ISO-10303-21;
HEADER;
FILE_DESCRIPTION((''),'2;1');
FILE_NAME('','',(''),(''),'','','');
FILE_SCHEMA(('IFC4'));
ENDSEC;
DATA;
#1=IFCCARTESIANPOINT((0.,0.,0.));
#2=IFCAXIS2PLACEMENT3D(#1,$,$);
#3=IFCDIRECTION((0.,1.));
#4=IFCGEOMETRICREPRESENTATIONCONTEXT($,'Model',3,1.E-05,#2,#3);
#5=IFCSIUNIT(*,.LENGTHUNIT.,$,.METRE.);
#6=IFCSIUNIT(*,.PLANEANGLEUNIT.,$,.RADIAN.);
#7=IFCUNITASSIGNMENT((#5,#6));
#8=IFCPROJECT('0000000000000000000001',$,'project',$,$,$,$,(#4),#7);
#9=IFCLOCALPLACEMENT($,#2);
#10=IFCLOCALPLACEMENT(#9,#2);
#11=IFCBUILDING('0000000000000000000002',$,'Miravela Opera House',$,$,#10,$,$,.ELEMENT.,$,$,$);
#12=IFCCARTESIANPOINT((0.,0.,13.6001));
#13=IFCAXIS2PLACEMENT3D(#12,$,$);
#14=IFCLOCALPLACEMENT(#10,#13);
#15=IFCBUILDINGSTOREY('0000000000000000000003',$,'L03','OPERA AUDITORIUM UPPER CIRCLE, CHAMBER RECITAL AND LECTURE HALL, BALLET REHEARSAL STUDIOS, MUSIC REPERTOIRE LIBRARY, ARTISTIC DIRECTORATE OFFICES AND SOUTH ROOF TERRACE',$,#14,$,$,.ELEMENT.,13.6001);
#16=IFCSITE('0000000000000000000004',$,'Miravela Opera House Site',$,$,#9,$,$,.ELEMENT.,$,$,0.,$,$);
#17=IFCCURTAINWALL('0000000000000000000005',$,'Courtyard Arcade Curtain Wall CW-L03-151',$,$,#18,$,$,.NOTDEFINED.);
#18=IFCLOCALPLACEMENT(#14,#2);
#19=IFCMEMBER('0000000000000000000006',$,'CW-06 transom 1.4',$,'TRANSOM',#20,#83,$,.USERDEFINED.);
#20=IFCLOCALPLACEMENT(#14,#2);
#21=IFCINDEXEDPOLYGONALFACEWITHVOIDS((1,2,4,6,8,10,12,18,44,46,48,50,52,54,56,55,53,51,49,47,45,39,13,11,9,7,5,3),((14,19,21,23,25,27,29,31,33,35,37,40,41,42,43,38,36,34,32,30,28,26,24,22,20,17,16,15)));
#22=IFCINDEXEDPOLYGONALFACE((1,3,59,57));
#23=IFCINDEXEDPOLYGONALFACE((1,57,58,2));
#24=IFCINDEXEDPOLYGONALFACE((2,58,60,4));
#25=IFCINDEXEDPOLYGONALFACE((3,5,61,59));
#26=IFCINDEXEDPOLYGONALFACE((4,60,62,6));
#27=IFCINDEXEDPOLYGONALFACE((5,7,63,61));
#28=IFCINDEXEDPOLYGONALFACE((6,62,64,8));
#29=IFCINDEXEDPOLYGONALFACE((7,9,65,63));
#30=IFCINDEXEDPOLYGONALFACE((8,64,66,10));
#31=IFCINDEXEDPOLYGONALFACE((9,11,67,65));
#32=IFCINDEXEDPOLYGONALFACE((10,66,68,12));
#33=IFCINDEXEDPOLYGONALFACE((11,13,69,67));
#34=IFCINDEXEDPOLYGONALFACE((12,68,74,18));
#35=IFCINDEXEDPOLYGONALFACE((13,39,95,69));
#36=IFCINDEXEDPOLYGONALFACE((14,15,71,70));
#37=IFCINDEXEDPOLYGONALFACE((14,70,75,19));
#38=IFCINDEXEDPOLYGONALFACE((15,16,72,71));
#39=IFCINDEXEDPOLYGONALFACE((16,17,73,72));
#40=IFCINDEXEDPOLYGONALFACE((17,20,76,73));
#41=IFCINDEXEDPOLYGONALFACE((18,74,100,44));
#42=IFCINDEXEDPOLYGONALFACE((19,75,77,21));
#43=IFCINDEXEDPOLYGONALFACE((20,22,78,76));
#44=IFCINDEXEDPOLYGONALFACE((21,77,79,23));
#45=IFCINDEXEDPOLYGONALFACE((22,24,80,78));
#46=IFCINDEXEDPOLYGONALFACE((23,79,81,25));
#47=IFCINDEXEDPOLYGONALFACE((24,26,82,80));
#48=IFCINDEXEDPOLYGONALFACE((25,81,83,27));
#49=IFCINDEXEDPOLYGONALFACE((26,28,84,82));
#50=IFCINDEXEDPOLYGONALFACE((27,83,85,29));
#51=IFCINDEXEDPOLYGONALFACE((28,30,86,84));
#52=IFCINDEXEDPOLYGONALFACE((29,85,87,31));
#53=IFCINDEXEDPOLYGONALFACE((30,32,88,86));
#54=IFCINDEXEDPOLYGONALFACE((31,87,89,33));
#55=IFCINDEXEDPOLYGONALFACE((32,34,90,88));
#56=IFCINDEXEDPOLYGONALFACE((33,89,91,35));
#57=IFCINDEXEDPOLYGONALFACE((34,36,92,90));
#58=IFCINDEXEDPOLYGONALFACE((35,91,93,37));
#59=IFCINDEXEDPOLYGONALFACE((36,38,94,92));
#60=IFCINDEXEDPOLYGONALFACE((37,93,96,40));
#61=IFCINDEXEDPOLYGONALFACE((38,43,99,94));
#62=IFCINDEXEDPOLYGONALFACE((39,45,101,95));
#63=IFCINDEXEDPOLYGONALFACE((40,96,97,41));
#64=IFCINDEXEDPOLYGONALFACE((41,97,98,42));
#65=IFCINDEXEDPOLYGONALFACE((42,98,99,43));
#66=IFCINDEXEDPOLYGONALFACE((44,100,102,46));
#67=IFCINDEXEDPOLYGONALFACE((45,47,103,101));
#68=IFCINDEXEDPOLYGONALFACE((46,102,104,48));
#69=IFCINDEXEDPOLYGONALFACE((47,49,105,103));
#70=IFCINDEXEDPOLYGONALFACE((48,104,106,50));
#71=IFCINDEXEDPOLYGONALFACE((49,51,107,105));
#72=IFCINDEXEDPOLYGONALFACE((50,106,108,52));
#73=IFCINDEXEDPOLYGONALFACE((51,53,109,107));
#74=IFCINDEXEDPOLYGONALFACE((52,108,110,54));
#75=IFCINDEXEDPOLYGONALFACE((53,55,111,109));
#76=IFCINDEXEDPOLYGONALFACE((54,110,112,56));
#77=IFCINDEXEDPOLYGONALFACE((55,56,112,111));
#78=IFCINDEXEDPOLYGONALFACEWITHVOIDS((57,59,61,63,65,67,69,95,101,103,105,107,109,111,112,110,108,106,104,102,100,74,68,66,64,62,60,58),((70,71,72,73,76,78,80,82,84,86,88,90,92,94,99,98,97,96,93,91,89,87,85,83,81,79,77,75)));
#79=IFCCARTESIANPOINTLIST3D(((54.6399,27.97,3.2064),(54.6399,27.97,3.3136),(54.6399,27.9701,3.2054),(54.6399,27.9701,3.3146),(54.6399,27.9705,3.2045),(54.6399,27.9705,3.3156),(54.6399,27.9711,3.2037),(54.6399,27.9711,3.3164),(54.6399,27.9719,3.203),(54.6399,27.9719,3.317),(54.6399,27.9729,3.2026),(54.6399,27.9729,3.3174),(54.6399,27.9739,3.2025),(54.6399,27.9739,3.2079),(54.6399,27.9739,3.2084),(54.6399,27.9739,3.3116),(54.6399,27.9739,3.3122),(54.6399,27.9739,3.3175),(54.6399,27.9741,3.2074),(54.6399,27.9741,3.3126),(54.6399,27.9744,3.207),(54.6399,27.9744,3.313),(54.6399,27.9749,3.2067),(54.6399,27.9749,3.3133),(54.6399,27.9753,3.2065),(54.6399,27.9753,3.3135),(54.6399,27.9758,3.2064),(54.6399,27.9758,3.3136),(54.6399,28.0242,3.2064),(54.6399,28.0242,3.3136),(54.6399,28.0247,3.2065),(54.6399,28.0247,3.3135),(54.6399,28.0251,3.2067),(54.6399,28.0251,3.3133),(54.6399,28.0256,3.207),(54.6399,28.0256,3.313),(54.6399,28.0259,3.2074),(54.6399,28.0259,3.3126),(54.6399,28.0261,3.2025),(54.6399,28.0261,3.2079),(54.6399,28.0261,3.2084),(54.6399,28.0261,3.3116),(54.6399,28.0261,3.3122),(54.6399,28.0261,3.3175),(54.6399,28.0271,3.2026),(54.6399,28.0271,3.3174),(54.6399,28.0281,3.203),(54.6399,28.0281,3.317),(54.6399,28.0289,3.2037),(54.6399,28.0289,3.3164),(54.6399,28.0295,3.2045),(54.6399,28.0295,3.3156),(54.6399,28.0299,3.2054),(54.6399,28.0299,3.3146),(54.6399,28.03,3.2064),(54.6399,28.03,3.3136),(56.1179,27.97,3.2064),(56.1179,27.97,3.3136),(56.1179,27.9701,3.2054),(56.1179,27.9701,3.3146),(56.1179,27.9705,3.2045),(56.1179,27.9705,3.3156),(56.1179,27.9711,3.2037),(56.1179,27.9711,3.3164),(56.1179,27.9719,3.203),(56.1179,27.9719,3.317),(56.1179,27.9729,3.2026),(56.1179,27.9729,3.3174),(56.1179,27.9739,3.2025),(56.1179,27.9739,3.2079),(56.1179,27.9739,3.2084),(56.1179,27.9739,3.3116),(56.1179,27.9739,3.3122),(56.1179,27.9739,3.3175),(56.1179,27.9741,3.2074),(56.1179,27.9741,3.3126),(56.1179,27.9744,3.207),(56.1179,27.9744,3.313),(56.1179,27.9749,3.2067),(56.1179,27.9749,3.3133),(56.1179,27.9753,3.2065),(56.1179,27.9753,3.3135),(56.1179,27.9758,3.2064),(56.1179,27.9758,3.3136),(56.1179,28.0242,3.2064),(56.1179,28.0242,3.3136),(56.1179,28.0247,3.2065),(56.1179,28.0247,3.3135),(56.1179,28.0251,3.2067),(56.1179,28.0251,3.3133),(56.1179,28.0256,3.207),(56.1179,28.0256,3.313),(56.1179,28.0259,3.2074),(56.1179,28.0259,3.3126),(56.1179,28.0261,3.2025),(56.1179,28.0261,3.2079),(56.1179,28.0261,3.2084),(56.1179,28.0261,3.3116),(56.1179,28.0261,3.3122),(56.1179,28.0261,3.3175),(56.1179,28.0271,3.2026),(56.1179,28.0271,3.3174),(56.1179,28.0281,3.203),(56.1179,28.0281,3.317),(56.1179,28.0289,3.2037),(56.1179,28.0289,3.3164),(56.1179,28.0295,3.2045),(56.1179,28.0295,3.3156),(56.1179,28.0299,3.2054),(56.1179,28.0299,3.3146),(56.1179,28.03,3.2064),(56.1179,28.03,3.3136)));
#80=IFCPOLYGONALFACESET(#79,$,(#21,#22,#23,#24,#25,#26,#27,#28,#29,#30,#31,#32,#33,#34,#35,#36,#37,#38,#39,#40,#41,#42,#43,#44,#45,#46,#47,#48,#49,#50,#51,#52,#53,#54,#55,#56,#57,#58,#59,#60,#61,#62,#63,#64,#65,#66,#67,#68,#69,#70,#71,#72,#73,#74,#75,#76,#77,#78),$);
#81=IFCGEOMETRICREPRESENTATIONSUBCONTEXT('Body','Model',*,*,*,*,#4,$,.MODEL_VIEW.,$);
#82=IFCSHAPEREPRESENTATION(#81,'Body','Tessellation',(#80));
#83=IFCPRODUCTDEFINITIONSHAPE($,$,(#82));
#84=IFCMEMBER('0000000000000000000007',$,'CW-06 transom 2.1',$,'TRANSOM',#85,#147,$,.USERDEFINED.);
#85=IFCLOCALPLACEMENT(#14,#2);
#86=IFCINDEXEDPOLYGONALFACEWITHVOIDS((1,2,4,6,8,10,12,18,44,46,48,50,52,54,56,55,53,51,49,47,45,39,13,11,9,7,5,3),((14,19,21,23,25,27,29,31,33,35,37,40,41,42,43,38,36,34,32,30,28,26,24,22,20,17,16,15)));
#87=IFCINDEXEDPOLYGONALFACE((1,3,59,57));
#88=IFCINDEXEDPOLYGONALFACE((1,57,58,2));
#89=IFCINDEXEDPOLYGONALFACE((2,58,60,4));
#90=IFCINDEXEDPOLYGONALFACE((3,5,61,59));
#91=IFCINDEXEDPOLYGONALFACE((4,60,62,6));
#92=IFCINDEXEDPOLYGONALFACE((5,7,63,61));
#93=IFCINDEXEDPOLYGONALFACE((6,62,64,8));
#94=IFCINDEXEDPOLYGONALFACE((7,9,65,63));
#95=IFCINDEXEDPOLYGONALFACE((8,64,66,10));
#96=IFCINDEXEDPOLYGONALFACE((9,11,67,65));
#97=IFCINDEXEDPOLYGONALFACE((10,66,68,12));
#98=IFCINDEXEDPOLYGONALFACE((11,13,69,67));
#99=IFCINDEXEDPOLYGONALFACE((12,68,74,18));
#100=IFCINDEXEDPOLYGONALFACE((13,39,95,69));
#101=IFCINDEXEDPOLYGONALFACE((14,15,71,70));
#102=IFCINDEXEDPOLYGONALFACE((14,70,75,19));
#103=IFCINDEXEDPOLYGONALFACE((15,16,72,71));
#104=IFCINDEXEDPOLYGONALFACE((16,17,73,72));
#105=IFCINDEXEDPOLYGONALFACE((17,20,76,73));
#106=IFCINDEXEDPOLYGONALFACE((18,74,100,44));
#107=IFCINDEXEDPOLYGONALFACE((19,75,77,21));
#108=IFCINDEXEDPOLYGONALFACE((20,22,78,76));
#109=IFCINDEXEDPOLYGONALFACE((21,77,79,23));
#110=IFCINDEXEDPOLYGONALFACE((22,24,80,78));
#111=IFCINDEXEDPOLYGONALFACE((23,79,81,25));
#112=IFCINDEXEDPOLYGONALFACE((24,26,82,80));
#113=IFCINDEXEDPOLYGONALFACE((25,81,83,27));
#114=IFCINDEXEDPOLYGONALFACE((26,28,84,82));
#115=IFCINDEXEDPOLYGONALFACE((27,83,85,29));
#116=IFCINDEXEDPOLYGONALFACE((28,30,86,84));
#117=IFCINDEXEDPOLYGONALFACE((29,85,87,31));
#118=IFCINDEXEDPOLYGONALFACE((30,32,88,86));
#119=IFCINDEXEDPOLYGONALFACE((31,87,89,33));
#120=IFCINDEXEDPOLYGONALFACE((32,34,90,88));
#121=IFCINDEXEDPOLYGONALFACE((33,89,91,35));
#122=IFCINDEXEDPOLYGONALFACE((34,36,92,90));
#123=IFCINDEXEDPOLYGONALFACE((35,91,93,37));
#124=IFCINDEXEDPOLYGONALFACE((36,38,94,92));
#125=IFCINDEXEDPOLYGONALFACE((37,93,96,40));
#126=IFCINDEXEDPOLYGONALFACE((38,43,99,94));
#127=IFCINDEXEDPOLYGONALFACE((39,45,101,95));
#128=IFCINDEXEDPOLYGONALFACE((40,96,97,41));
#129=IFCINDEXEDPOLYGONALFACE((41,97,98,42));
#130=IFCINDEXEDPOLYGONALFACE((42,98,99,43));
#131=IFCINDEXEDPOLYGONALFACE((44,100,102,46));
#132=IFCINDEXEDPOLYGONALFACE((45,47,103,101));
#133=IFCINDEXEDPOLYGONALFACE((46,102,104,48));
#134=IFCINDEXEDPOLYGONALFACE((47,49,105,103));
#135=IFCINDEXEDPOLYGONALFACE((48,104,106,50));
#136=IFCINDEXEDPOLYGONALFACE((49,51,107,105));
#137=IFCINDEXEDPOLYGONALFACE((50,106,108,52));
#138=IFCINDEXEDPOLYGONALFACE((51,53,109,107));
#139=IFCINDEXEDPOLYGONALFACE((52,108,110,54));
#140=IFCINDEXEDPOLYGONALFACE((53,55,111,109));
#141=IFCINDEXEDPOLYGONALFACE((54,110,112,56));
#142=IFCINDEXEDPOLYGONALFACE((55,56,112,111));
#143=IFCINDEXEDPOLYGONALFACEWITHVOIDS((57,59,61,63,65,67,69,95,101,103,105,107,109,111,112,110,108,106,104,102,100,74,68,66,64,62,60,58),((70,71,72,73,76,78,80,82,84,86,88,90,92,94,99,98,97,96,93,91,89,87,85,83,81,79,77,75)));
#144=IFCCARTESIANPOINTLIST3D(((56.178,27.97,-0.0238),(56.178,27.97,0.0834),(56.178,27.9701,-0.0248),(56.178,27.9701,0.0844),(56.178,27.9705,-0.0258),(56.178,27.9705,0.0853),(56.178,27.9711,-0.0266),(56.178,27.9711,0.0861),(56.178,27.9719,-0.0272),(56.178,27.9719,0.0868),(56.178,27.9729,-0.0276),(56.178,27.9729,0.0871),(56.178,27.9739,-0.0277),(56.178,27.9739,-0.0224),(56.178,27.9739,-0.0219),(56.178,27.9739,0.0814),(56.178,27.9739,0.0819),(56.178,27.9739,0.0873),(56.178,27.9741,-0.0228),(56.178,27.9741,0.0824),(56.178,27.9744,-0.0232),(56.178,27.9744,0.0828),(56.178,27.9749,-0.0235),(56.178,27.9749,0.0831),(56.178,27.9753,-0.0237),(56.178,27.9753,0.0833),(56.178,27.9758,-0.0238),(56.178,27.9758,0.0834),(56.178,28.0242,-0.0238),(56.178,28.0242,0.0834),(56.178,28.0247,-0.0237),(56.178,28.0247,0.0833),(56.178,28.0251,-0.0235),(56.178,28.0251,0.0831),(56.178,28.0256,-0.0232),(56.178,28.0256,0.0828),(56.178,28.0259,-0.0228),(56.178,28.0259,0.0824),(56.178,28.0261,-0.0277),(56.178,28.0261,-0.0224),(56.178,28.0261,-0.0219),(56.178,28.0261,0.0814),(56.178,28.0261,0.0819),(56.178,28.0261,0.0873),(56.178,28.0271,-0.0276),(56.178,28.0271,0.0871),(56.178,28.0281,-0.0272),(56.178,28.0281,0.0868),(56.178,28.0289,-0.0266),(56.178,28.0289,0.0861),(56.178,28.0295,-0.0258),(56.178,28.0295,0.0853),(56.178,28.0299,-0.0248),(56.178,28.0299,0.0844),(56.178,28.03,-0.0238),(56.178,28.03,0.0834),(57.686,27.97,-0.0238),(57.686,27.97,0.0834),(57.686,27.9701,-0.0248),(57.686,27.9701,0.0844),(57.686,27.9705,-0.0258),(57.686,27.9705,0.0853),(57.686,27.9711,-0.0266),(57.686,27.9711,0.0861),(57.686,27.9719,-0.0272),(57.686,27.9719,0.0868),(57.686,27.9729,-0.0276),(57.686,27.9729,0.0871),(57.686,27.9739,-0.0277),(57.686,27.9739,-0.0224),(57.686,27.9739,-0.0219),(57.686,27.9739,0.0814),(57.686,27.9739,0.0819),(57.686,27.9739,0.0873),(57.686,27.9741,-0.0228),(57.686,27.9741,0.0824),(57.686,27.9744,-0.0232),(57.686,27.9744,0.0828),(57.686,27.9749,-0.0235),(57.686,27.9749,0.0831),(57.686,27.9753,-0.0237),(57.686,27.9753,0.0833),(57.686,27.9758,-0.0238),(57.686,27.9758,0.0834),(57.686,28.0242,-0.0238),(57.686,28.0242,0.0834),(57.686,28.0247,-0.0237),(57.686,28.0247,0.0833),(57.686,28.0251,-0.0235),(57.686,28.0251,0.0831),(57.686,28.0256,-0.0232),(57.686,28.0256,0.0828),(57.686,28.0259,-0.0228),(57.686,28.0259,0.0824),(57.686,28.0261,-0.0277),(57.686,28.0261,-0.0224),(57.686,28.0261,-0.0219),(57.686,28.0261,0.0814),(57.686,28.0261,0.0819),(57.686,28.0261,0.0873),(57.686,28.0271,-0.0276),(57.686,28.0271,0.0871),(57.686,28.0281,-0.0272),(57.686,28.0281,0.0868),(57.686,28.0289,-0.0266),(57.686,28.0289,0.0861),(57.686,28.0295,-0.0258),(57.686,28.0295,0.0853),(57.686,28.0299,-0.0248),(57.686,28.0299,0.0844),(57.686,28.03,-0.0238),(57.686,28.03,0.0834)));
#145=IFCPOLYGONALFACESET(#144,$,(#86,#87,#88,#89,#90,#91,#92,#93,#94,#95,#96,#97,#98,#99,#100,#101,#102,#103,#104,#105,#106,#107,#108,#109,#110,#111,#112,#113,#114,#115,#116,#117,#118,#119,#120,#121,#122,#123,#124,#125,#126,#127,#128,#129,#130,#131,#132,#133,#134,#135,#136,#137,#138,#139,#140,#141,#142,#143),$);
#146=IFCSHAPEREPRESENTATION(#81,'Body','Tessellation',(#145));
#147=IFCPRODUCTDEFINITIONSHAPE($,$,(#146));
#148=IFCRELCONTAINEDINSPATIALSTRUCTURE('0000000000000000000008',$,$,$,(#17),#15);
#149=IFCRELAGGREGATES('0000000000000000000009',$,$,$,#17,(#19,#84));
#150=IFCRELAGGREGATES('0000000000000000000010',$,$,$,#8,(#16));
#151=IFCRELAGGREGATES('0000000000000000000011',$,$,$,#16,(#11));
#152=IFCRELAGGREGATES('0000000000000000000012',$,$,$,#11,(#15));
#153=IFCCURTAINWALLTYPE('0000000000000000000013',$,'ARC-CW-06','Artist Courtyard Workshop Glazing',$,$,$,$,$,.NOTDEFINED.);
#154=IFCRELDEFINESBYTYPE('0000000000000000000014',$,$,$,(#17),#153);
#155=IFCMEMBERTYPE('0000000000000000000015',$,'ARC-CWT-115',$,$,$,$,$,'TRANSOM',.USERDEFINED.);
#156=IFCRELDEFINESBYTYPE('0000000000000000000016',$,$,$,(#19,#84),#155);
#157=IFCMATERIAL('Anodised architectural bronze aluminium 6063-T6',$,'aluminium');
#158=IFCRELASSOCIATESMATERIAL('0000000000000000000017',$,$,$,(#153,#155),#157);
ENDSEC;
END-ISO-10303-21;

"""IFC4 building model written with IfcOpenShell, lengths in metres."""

from ifc_helpers import new_model, si_unit, direction, frame, origin, origin_2d, place, context, subcontext, project, spatial, hollow_rectangle, extrude, material, material_profile, profile_set, type_object, element, aggregate, save


model = new_model("IFC4")

# Units and contexts
model_context = context("Model", 3, precision=1e-05, world=origin(), true_north=direction((0.0, 1.0)))
body_context = subcontext(model_context, "Body", "Model", "MODEL_VIEW")
ifc_project = project(units=[si_unit("LENGTHUNIT", "METRE"), si_unit("PLANEANGLEUNIT", "RADIAN")], contexts=[model_context])

# Site, building, storey
site_placement = place(None, origin())
site = spatial("IfcSite", under=ifc_project, at=site_placement, Name="Miravela Opera House Site", CompositionType="ELEMENT", RefElevation=0.0)
building_placement = place(site_placement, origin())
building = spatial("IfcBuilding", under=site, at=building_placement, Name="Miravela Opera House", CompositionType="ELEMENT")
storey_placement = place(building_placement, frame((0.0, 0.0, 13.6001)))
storey = spatial("IfcBuildingStorey", under=building, at=storey_placement, Name="L03", Description="OPERA AUDITORIUM UPPER CIRCLE, CHAMBER RECITAL AND LECTURE HALL, BALLET REHEARSAL STUDIOS, MUSIC REPERTOIRE LIBRARY, ARTISTIC DIRECTORATE OFFICES AND SOUTH ROOF TERRACE", CompositionType="ELEMENT", Elevation=13.6001)

# Shared definitions
ifc_material_1 = material(Name="Anodised architectural bronze aluminium 6063-T6", Category="aluminium")
curtain_wall_type = type_object("IfcCurtainWallType", Name="ARC-CW-06", Description="Artist Courtyard Workshop Glazing", PredefinedType="NOTDEFINED", material=ifc_material_1)

# Curtain wall
curtain_wall_1_placement = place(storey_placement, origin())
curtain_wall_1 = element("IfcCurtainWall", 1, at=curtain_wall_1_placement, inside=storey, type_object=curtain_wall_type, Name="Courtyard Arcade Curtain Wall CW-L03-151", PredefinedType="NOTDEFINED")

# Members
ifc_material_profile_1 = material_profile(ifc_material_1, hollow_rectangle(XDim=0.0601, YDim=0.115, WallThickness=0.0039, InnerFilletRadius=0.002, OuterFilletRadius=0.0039, at=origin_2d()), Name="CWT-60X115")
ifc_profile_set_1 = profile_set([ifc_material_profile_1])
member_type_1 = type_object("IfcMemberType", Name="ARC-CWT-115", ElementType="TRANSOM", PredefinedType="USERDEFINED", material=ifc_profile_set_1)
member_1_placement = place(storey_placement, frame((54.6399, 28.0, 3.26), z_axis=(1.0, 0.0, 0.0), x_axis=(0.0, 1.0, 0.0)))
member_1 = element("IfcMember", 2, at=member_1_placement, type_object=member_type_1, Name="CW-06 transom 1.4", ObjectType="TRANSOM", PredefinedType="USERDEFINED", context=body_context, shape_type="SweptSolid", body=[
    extrude(hollow_rectangle(XDim=0.0601, YDim=0.115, WallThickness=0.0039, InnerFilletRadius=0.002, OuterFilletRadius=0.0039, at=origin_2d()), origin(), (0.0, 0.0, 1.0), 1.478),
])
member_2_placement = place(storey_placement, frame((56.178, 28.0, 0.0298), z_axis=(1.0, 0.0, 0.0), x_axis=(0.0, 1.0, 0.0)))
member_2 = element("IfcMember", 3, at=member_2_placement, type_object=member_type_1, Name="CW-06 transom 2.1", ObjectType="TRANSOM", PredefinedType="USERDEFINED", context=body_context, shape_type="SweptSolid", body=[
    extrude(hollow_rectangle(XDim=0.0601, YDim=0.115, WallThickness=0.0039, InnerFilletRadius=0.002, OuterFilletRadius=0.0039, at=origin_2d()), origin(), (0.0, 0.0, 1.0), 1.5081),
])

aggregate(curtain_wall_1, [member_1, member_2])

save(model, "model.ifc")
